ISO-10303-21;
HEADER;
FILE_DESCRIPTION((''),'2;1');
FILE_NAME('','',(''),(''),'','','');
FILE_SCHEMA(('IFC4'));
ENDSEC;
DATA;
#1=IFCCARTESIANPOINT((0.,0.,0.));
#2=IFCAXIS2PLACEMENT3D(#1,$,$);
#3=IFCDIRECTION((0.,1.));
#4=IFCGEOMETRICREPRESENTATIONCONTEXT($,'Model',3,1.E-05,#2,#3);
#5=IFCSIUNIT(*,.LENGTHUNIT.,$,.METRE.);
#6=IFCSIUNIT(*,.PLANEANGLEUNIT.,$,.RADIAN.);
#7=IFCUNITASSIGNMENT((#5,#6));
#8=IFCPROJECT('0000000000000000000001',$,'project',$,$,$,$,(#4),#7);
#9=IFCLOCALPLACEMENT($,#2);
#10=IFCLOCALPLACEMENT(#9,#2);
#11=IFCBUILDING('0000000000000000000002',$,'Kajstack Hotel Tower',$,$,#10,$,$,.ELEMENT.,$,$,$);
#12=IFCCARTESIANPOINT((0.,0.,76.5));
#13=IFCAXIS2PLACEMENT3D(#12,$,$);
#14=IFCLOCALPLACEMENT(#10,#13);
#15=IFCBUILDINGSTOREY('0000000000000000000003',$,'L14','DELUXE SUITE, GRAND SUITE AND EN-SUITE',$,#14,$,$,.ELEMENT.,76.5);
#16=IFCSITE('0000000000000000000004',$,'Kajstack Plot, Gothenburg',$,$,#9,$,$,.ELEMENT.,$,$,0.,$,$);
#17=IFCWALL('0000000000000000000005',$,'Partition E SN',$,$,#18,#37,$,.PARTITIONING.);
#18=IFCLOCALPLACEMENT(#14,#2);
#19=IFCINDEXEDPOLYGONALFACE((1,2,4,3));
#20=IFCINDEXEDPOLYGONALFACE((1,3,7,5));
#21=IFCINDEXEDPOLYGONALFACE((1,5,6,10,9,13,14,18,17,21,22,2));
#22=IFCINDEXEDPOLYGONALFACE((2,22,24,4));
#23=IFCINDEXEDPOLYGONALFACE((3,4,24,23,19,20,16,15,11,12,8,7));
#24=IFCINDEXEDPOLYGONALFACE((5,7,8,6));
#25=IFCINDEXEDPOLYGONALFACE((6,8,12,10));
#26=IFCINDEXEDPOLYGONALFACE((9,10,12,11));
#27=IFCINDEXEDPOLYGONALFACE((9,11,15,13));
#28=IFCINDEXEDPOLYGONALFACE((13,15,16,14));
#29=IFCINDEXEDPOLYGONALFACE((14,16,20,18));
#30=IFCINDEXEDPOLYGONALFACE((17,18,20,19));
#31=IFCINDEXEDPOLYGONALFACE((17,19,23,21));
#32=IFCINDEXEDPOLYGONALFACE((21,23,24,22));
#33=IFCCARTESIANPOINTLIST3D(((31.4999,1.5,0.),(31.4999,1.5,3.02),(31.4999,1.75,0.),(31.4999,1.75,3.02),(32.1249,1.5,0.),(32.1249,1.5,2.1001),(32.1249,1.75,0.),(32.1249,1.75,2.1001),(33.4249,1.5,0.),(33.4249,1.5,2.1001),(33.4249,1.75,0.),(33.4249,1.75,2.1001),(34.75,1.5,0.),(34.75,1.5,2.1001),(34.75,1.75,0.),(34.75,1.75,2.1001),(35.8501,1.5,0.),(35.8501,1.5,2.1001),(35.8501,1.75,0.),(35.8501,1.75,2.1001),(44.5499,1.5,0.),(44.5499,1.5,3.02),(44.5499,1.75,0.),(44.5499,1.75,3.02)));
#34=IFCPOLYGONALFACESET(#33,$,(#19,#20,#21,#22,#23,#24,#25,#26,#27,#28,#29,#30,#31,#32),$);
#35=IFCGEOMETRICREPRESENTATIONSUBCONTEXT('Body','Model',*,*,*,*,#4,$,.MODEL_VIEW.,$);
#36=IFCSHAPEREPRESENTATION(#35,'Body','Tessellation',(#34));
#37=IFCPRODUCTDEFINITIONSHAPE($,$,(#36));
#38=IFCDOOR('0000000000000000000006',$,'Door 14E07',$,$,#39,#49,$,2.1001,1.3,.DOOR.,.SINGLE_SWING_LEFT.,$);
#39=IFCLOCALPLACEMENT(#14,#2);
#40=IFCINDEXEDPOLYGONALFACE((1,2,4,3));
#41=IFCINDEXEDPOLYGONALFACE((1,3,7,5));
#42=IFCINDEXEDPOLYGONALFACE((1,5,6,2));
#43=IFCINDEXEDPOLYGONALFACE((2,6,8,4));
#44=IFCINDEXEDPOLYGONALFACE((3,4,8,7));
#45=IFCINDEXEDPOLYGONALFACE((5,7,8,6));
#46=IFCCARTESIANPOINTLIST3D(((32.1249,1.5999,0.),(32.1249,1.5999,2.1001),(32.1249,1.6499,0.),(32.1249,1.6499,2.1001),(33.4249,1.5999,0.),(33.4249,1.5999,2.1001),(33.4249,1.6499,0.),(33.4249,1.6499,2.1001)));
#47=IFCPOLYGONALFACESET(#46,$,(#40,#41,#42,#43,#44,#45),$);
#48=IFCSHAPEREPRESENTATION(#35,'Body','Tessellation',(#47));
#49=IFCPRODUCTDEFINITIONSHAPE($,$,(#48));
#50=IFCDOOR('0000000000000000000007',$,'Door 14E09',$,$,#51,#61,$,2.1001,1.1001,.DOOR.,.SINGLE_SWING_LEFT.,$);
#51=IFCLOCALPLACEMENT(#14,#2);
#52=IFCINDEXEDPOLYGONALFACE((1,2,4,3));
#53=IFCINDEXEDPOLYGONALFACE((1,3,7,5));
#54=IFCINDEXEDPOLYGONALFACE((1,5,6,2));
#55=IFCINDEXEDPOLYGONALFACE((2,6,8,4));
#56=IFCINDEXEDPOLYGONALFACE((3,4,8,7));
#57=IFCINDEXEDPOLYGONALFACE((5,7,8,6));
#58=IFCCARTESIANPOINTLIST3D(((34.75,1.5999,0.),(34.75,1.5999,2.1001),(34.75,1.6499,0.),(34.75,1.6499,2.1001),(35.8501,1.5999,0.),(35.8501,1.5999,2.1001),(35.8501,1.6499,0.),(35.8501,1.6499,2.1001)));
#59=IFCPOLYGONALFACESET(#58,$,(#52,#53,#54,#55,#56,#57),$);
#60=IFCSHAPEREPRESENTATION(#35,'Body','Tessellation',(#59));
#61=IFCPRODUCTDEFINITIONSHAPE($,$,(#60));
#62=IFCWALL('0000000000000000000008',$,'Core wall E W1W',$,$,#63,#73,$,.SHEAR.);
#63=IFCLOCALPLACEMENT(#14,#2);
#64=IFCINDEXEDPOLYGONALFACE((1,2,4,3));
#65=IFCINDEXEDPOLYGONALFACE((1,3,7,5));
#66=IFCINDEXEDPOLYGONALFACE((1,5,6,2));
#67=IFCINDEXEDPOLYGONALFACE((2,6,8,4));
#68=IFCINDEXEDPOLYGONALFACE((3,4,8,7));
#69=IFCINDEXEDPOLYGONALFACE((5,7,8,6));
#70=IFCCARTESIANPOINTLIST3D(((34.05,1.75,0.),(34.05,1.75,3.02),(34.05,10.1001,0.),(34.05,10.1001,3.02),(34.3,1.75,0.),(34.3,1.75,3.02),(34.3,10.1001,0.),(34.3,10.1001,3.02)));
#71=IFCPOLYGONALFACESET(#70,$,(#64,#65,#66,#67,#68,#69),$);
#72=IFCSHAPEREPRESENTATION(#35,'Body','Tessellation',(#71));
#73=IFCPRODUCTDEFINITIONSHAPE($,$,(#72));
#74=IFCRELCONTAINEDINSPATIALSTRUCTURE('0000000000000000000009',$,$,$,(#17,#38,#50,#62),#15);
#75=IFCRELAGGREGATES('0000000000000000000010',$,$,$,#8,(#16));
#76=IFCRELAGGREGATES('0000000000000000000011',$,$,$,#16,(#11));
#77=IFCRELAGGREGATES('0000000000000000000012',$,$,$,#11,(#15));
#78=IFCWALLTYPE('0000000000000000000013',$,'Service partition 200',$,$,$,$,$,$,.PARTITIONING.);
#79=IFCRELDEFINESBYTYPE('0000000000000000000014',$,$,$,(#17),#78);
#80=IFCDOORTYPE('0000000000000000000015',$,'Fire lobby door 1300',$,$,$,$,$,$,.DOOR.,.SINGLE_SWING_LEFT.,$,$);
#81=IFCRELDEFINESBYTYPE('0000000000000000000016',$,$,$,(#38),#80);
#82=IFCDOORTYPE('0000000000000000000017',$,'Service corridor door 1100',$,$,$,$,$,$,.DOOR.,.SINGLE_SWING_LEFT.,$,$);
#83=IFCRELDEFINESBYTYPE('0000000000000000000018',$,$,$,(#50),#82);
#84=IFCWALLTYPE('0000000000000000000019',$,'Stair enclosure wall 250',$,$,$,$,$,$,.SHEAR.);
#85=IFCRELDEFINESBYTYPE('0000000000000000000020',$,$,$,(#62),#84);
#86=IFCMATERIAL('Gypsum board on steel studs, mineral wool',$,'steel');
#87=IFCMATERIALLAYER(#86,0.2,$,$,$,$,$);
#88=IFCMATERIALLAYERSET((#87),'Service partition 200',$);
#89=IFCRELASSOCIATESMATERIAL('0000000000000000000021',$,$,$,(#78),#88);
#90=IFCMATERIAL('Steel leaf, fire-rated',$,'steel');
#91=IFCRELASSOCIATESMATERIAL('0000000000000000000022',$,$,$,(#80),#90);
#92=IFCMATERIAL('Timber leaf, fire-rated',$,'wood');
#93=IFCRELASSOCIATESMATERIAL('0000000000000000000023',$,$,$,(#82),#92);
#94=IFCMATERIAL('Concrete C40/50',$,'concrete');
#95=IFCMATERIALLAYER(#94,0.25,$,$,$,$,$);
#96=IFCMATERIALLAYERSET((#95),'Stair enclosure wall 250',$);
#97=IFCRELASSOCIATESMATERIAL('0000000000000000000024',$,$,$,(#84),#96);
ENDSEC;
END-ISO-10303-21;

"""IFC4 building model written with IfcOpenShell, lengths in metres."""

from ifc_helpers import new_model, si_unit, direction, frame, frame_2d, origin, place, context, subcontext, project, spatial, rectangle, extrude, material, layer, layer_set, type_object, element, fill, save


model = new_model("IFC4")

# Units and contexts
model_context = context("Model", 3, precision=1e-05, world=origin(), true_north=direction((0.0, 1.0)))
body_context = subcontext(model_context, "Body", "Model", "MODEL_VIEW")
ifc_project = project(units=[si_unit("LENGTHUNIT", "METRE"), si_unit("PLANEANGLEUNIT", "RADIAN")], contexts=[model_context])

# Site, building, storey
site_placement = place(None, origin())
site = spatial("IfcSite", under=ifc_project, at=site_placement, Name="Kajstack Plot, Gothenburg", CompositionType="ELEMENT", RefElevation=0.0)
building_placement = place(site_placement, origin())
building = spatial("IfcBuilding", under=site, at=building_placement, Name="Kajstack Hotel Tower", CompositionType="ELEMENT")
storey_placement = place(building_placement, frame((0.0, 0.0, 76.5)))
storey = spatial("IfcBuildingStorey", under=building, at=storey_placement, Name="L14", Description="DELUXE SUITE, GRAND SUITE AND EN-SUITE", CompositionType="ELEMENT", Elevation=76.5)

# Wall, openings, doors
ifc_material_1 = material(Name="Gypsum board on steel studs, mineral wool", Category="steel")
ifc_layer_1 = layer(ifc_material_1, 0.2)
ifc_layer_set_1 = layer_set([ifc_layer_1], Name="Service partition 200")
wall_type_1 = type_object("IfcWallType", Name="Service partition 200", PredefinedType="PARTITIONING", material=ifc_layer_set_1)
wall_1_placement = place(storey_placement, frame((31.5, 1.625, 0.0), z_axis=(0.0, 0.0, 1.0), x_axis=(1.0, 0.0, 0.0)))
wall_1 = element("IfcWall", 1, at=wall_1_placement, inside=storey, type_object=wall_type_1, Name="Partition E SN", PredefinedType="PARTITIONING", context=body_context, shape_type="SweptSolid", body=[
    extrude(rectangle(XDim=13.05, YDim=0.25, at=frame_2d((6.5249, 0.0))), origin(), (0.0, 0.0, 1.0), 3.02),
])
opening_1_placement = place(wall_1_placement, frame((0.625, 0.0, 0.0)))
opening_1 = element("IfcOpeningElement", 2, at=opening_1_placement, cuts=wall_1, PredefinedType="OPENING", context=body_context, shape_type="SweptSolid", body=[
    extrude(rectangle(XDim=1.3, YDim=2.1001, at=frame_2d((0.6499, 1.05))), frame((0.0, 0.135, 0.0), z_axis=(0.0, -1.0, 0.0), x_axis=(1.0, 0.0, 0.0)), (0.0, 0.0, 1.0), 0.27),
])
opening_2_placement = place(wall_1_placement, frame((3.25, 0.0, 0.0)))
opening_2 = element("IfcOpeningElement", 3, at=opening_2_placement, cuts=wall_1, PredefinedType="OPENING", context=body_context, shape_type="SweptSolid", body=[
    extrude(rectangle(XDim=1.1001, YDim=2.1001, at=frame_2d((0.55, 1.05))), frame((0.0, 0.135, 0.0), z_axis=(0.0, -1.0, 0.0), x_axis=(1.0, 0.0, 0.0)), (0.0, 0.0, 1.0), 0.27),
])
ifc_material_2 = material(Name="Steel leaf, fire-rated", Category="steel")
door_type_1 = type_object("IfcDoorType", Name="Fire lobby door 1300", OperationType="SINGLE_SWING_LEFT", PredefinedType="DOOR", material=ifc_material_2)
door_1_placement = place(opening_1_placement, origin())
door_1 = element("IfcDoor", 4, at=door_1_placement, inside=storey, type_object=door_type_1, Name="Door 14E07", OperationType="SINGLE_SWING_LEFT", OverallHeight=2.1001, OverallWidth=1.3, PredefinedType="DOOR", context=body_context, shape_type="SweptSolid", body=[
    extrude(rectangle(XDim=1.3, YDim=2.1001, at=frame_2d((0.6499, 1.05))), frame((0.0, 0.0249, 0.0), z_axis=(0.0, -1.0, 0.0), x_axis=(1.0, 0.0, 0.0)), (0.0, 0.0, 1.0), 0.05),
])
fill(opening_1, door_1)
ifc_material_3 = material(Name="Timber leaf, fire-rated", Category="wood")
door_type_2 = type_object("IfcDoorType", Name="Service corridor door 1100", OperationType="SINGLE_SWING_LEFT", PredefinedType="DOOR", material=ifc_material_3)
door_2_placement = place(opening_2_placement, origin())
door_2 = element("IfcDoor", 5, at=door_2_placement, inside=storey, type_object=door_type_2, Name="Door 14E09", OperationType="SINGLE_SWING_LEFT", OverallHeight=2.1001, OverallWidth=1.1001, PredefinedType="DOOR", context=body_context, shape_type="SweptSolid", body=[
    extrude(rectangle(XDim=1.1001, YDim=2.1001, at=frame_2d((0.55, 1.05))), frame((0.0, 0.0249, 0.0), z_axis=(0.0, -1.0, 0.0), x_axis=(1.0, 0.0, 0.0)), (0.0, 0.0, 1.0), 0.05),
])
fill(opening_2, door_2)

# Wall
ifc_material_4 = material(Name="Concrete C40/50", Category="concrete")
ifc_layer_2 = layer(ifc_material_4, 0.25)
ifc_layer_set_2 = layer_set([ifc_layer_2], Name="Stair enclosure wall 250")
wall_type_2 = type_object("IfcWallType", Name="Stair enclosure wall 250", PredefinedType="SHEAR", material=ifc_layer_set_2)
wall_2_placement = place(storey_placement, frame((34.175, 1.75, 0.0), z_axis=(0.0, 0.0, 1.0), x_axis=(0.0, 1.0, 0.0)))
element("IfcWall", 6, at=wall_2_placement, inside=storey, type_object=wall_type_2, Name="Core wall E W1W", PredefinedType="SHEAR", context=body_context, shape_type="SweptSolid", body=[
    extrude(rectangle(XDim=8.3501, YDim=0.25, at=frame_2d((4.175, 0.0))), origin(), (0.0, 0.0, 1.0), 3.02),
])

save(model, "model.ifc")
